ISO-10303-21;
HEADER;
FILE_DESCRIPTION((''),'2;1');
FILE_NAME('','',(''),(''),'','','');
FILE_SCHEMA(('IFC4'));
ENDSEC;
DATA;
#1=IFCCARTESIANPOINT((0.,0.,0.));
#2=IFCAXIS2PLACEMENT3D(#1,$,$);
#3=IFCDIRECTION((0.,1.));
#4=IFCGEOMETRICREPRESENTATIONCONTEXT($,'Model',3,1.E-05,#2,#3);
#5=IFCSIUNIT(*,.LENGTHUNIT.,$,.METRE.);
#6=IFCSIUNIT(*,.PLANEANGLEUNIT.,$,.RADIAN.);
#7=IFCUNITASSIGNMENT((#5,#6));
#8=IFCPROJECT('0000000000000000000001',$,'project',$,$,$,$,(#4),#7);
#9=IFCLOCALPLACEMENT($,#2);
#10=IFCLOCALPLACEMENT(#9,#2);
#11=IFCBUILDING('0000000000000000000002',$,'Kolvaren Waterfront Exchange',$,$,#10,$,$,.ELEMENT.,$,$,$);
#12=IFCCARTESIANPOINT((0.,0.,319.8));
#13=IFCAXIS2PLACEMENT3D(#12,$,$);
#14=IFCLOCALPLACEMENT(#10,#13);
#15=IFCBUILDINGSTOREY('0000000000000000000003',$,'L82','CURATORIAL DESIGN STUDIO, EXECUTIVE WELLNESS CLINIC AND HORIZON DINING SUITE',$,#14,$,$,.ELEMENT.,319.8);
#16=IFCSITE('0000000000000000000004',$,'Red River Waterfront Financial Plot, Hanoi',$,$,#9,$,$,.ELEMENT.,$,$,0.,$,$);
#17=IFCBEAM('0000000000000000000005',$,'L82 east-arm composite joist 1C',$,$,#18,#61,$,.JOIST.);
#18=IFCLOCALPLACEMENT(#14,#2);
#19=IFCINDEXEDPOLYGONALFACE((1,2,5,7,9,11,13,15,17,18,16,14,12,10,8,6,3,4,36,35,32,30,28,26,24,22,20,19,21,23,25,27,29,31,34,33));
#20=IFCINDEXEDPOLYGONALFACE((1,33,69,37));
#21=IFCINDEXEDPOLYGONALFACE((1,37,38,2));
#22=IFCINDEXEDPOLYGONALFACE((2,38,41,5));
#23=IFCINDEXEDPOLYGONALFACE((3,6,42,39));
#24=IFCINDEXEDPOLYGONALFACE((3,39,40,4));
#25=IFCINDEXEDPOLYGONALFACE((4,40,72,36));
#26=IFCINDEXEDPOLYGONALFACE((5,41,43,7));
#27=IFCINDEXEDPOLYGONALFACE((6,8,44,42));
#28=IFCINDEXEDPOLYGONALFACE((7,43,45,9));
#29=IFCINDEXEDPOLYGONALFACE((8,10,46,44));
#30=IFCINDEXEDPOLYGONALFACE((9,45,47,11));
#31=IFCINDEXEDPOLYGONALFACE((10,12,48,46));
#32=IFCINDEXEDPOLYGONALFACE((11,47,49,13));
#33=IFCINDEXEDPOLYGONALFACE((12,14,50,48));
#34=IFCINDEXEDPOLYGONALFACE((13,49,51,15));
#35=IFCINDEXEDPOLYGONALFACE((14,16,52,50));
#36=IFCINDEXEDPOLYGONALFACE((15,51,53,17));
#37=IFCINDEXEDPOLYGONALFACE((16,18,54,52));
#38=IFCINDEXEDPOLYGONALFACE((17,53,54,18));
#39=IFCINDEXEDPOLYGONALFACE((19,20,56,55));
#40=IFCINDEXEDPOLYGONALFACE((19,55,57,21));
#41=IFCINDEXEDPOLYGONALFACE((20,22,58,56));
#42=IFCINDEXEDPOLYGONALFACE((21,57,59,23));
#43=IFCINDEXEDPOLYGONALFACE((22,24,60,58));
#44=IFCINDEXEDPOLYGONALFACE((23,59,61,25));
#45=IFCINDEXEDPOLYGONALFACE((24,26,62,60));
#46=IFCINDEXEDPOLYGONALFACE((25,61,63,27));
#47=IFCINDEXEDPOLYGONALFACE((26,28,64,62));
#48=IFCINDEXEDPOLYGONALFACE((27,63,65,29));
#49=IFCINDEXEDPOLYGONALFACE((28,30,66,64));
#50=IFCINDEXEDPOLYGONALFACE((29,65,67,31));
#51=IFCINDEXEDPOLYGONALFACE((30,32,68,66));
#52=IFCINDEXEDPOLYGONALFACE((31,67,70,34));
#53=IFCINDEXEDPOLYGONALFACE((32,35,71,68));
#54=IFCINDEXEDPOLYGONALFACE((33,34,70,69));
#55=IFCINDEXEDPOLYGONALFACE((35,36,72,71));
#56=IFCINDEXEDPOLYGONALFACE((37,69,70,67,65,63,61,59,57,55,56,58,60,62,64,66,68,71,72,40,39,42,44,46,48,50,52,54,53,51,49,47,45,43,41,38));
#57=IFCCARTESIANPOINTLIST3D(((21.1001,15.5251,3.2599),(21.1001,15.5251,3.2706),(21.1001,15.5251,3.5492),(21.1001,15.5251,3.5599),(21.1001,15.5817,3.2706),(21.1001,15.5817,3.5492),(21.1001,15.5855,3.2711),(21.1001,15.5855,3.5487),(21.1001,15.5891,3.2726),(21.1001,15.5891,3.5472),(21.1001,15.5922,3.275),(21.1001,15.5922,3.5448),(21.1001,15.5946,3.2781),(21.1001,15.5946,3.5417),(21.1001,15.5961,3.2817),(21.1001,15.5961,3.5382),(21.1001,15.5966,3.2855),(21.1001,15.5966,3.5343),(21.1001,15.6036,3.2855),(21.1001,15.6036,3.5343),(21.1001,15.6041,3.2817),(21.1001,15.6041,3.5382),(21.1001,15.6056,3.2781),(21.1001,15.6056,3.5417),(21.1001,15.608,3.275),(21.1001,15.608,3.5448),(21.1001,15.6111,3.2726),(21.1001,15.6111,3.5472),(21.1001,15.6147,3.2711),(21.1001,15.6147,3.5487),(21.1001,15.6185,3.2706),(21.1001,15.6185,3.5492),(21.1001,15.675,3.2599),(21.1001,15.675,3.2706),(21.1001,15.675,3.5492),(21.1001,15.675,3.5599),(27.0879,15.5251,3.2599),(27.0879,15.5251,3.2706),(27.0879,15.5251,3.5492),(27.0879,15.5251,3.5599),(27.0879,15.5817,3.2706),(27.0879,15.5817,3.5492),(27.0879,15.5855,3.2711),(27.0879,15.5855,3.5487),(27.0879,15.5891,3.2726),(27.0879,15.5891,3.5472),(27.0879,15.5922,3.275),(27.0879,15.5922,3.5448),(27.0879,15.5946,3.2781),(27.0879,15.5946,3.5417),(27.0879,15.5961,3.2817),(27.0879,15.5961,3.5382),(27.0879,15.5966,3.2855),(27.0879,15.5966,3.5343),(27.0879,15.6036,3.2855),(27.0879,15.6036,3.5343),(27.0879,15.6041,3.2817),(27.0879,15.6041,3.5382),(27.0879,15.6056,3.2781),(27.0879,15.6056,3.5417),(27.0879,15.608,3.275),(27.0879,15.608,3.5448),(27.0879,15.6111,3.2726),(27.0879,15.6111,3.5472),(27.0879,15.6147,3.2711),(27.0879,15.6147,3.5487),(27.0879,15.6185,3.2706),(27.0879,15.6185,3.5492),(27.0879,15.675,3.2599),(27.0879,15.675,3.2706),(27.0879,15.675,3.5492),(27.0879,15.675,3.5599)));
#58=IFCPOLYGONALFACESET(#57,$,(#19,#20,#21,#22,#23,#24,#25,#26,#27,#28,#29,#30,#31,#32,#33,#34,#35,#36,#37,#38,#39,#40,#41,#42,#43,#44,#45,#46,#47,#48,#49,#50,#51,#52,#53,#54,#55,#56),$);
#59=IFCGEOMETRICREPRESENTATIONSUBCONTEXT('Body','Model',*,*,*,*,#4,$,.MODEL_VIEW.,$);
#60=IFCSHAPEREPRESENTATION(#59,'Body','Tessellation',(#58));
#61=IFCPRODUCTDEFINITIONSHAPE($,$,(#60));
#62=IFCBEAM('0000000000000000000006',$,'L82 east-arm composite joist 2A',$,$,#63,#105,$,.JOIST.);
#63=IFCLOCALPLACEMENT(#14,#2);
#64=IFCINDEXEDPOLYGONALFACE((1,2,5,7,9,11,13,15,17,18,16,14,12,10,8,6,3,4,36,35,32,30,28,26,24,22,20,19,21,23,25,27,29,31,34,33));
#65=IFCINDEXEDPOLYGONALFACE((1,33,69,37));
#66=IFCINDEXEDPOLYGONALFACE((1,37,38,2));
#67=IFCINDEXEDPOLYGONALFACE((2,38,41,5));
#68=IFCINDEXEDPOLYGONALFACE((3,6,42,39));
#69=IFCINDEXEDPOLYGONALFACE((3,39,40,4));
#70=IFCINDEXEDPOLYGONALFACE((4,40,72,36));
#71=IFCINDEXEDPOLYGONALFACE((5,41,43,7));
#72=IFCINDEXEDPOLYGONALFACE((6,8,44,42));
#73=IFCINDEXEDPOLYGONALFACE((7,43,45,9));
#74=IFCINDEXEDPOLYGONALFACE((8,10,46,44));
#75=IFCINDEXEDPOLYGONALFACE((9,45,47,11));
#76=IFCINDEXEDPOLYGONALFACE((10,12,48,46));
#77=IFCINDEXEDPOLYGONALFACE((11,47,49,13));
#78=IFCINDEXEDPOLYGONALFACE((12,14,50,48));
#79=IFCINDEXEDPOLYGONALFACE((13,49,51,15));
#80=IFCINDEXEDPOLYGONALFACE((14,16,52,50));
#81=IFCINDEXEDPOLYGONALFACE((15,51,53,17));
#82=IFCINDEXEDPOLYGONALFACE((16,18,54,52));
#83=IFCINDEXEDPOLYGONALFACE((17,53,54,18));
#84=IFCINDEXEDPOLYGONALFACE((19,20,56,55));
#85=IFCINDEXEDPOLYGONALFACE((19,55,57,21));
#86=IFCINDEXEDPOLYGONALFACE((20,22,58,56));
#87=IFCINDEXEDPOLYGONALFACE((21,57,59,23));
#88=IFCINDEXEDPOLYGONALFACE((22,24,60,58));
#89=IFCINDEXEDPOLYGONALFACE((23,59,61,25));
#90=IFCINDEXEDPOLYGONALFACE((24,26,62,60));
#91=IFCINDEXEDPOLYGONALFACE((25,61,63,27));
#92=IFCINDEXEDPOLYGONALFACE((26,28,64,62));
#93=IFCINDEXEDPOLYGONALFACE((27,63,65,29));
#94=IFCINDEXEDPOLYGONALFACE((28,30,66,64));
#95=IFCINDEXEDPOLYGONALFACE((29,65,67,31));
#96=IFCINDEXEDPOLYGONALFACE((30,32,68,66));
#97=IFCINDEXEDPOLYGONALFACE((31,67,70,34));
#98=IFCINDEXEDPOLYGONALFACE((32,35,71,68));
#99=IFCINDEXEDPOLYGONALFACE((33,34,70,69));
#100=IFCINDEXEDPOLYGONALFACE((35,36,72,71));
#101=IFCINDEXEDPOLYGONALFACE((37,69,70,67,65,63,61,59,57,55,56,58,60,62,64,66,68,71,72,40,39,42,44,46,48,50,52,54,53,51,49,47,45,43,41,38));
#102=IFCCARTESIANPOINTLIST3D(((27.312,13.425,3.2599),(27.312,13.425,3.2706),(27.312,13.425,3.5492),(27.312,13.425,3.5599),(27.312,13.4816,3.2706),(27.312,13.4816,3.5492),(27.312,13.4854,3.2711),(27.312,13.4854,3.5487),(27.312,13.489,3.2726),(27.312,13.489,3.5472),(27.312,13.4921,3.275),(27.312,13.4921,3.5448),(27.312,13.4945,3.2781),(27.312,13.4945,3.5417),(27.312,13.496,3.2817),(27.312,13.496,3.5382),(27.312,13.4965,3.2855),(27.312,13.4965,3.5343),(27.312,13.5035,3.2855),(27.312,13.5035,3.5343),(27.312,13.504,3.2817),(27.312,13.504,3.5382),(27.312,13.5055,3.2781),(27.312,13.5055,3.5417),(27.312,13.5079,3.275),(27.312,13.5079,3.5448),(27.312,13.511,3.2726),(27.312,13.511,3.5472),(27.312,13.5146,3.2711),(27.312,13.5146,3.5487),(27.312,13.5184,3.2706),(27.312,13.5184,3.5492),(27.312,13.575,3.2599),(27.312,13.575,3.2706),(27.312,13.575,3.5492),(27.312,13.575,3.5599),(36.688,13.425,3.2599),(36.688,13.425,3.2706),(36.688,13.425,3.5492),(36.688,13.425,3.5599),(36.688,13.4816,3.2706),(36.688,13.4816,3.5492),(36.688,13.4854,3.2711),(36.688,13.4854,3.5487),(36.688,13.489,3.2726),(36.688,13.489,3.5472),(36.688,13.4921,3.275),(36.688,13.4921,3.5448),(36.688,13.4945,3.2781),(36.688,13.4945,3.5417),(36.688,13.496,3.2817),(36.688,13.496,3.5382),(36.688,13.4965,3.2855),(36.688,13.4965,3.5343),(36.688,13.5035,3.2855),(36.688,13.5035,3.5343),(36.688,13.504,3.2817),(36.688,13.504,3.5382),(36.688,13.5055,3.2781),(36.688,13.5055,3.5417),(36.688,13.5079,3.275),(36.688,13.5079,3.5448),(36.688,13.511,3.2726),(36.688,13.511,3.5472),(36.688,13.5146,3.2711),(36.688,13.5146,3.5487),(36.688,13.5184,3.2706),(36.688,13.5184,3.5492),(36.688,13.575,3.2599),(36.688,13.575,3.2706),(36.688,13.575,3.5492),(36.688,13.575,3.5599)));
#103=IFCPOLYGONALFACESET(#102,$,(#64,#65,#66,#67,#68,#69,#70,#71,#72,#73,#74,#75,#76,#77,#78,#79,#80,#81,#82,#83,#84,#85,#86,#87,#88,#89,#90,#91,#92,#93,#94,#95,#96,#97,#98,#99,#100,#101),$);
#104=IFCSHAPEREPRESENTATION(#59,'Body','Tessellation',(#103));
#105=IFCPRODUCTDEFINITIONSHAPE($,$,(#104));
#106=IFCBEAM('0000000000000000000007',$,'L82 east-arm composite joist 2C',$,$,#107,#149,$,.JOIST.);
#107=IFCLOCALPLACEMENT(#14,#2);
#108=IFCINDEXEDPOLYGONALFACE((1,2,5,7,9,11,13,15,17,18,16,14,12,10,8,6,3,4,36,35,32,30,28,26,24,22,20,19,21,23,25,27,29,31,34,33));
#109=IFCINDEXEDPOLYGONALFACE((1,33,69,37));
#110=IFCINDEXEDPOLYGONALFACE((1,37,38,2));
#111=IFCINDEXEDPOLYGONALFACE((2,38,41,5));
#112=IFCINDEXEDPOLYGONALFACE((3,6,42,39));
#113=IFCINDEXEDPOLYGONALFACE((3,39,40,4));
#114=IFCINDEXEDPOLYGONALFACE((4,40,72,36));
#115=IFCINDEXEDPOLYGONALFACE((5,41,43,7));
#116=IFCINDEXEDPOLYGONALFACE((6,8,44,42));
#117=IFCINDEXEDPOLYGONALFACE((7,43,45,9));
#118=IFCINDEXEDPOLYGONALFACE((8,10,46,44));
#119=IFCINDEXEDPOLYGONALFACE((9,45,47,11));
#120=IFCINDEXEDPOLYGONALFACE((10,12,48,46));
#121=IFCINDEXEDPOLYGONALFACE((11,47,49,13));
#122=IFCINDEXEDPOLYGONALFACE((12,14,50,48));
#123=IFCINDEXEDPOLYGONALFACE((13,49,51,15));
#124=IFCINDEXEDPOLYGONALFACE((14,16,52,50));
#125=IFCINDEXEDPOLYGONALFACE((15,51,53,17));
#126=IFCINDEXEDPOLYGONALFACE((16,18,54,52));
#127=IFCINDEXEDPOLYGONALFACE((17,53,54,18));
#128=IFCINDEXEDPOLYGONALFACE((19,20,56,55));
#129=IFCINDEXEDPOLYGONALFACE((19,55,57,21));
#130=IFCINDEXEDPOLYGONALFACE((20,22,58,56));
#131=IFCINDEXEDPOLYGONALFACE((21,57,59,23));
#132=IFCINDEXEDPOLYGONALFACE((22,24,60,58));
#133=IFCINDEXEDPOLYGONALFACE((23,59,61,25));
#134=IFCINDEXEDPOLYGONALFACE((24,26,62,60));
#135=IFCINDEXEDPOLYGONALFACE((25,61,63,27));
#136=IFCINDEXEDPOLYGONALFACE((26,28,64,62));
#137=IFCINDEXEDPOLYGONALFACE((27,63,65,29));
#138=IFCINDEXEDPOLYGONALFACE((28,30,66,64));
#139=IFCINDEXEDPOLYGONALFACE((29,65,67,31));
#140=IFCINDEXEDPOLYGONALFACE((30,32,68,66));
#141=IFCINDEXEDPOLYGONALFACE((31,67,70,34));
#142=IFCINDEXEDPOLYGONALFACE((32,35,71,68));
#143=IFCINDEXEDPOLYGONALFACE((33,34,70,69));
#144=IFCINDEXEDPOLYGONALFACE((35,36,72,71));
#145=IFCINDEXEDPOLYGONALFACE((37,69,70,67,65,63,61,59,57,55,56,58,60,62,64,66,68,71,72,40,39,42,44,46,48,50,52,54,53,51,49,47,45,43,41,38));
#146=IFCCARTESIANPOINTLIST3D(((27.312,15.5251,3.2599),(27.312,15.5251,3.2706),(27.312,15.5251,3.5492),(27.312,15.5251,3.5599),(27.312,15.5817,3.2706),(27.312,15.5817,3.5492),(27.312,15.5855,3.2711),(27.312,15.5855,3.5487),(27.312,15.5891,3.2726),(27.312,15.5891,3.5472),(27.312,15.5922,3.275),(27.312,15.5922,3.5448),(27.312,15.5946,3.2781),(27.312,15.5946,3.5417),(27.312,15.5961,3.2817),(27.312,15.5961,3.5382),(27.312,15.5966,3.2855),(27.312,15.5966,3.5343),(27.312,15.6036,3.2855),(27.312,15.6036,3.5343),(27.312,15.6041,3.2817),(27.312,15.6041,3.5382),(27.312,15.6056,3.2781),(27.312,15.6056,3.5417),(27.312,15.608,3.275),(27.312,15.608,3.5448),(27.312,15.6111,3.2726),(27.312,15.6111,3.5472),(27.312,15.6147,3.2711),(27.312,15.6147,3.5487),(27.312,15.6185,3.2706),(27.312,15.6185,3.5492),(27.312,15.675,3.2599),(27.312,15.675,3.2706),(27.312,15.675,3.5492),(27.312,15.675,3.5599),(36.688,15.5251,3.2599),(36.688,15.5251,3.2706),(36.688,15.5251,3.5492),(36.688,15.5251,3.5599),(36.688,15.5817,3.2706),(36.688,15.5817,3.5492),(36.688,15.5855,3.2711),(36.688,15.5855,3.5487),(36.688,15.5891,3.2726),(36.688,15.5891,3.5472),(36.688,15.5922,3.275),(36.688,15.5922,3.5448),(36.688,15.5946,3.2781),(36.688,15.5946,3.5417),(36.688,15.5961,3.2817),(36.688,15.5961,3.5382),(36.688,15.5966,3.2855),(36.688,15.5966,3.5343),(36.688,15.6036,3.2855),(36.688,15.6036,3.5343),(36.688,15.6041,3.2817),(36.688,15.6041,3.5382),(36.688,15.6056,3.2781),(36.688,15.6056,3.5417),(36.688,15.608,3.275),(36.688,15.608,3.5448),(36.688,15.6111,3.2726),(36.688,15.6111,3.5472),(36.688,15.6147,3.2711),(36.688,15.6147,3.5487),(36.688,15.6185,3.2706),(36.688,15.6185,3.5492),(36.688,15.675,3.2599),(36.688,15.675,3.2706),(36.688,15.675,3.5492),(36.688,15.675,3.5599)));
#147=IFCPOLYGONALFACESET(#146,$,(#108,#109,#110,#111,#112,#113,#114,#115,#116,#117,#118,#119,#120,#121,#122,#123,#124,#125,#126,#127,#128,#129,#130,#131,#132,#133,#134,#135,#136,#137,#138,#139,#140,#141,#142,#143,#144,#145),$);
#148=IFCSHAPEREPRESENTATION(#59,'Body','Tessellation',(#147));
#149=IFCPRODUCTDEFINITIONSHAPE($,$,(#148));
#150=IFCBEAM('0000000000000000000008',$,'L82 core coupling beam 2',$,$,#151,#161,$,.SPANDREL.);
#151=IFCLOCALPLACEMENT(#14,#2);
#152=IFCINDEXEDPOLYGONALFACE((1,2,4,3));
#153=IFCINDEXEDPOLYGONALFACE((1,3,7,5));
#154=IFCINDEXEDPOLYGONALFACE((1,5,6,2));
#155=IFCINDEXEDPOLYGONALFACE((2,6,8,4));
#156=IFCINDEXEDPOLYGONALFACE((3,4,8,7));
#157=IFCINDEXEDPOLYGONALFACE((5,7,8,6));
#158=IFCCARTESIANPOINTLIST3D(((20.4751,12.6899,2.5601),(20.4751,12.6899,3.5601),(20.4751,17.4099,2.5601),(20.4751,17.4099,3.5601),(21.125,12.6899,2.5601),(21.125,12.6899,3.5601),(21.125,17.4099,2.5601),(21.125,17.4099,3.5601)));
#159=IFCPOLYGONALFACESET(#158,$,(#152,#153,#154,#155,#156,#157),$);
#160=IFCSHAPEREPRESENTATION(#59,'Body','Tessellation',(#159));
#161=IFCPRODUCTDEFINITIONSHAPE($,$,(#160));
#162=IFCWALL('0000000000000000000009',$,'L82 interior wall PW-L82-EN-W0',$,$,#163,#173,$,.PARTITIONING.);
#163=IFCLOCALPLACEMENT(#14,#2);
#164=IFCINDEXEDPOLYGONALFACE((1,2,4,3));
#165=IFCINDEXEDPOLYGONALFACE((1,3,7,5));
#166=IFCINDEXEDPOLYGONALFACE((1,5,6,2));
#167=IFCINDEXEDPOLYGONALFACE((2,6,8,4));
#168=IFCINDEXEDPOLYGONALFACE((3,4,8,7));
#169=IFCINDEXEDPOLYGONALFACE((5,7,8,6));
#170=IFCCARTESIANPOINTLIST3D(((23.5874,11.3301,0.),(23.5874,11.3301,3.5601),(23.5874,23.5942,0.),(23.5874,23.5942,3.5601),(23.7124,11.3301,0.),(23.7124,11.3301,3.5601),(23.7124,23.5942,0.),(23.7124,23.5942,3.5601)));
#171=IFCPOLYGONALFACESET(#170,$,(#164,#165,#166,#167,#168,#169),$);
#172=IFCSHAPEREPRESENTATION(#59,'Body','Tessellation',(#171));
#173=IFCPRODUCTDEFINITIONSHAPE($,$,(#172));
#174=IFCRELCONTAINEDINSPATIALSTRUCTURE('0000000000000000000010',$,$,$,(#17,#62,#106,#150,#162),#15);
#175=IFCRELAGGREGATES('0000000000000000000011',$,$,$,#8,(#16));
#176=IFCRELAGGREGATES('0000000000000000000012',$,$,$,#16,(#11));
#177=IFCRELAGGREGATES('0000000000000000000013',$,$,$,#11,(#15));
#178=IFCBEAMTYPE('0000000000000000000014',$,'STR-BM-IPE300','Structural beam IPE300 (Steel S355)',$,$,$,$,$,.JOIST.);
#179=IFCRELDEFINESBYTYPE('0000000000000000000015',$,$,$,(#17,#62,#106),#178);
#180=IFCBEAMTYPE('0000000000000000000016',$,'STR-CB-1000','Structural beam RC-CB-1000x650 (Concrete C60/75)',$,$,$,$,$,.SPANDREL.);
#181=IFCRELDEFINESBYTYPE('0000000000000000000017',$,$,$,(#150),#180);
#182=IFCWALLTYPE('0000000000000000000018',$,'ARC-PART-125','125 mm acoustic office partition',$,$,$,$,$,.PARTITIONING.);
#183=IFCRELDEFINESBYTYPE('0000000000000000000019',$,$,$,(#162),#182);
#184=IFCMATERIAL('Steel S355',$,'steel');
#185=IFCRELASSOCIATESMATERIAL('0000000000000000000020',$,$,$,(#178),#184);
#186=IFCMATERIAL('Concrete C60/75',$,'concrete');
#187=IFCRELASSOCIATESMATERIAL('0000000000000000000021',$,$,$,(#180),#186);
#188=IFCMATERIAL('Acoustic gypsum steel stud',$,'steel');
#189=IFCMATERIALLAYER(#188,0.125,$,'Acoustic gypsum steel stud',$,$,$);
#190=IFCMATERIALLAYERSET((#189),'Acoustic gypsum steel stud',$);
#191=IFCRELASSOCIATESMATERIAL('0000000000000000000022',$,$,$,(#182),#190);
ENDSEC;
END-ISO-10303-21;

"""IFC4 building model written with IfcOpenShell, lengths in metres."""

from ifc_helpers import new_model, si_unit, direction, frame, frame_2d, origin, origin_2d, place, context, subcontext, project, spatial, rectangle, i_section, extrude, material, layer, layer_set, material_profile, profile_set, type_object, element, save


model = new_model("IFC4")

# Units and contexts
model_context = context("Model", 3, precision=1e-05, world=origin(), true_north=direction((0.0, 1.0)))
body_context = subcontext(model_context, "Body", "Model", "MODEL_VIEW")
ifc_project = project(units=[si_unit("LENGTHUNIT", "METRE"), si_unit("PLANEANGLEUNIT", "RADIAN")], contexts=[model_context])

# Site, building, storey
site_placement = place(None, origin())
site = spatial("IfcSite", under=ifc_project, at=site_placement, Name="Red River Waterfront Financial Plot, Hanoi", CompositionType="ELEMENT", RefElevation=0.0)
building_placement = place(site_placement, origin())
building = spatial("IfcBuilding", under=site, at=building_placement, Name="Kolvaren Waterfront Exchange", CompositionType="ELEMENT")
storey_placement = place(building_placement, frame((0.0, 0.0, 319.8)))
storey = spatial("IfcBuildingStorey", under=building, at=storey_placement, Name="L82", Description="CURATORIAL DESIGN STUDIO, EXECUTIVE WELLNESS CLINIC AND HORIZON DINING SUITE", CompositionType="ELEMENT", Elevation=319.8)

# Beams
ifc_material_1 = material(Name="Steel S355", Category="steel")
ifc_material_profile_1 = material_profile(ifc_material_1, i_section(OverallWidth=0.1499, OverallDepth=0.3, WebThickness=0.0071, FlangeThickness=0.0107, FilletRadius=0.0149, at=origin_2d()), Name="IPE300")
ifc_profile_set_1 = profile_set([ifc_material_profile_1], Name="Steel S355")
beam_type_1 = type_object("IfcBeamType", Name="STR-BM-IPE300", Description="Structural beam IPE300 (Steel S355)", PredefinedType="JOIST", material=ifc_profile_set_1)
for number, where, z_axis, x_axis, name in (
    (1, (21.1001, 15.6001, 3.4099), (1.0, 0.0, 0.0), (0.0, 1.0, 0.0), "L82 east-arm composite joist 1C"),
):
    element("IfcBeam", number, at=place(storey_placement, frame(where, z_axis=z_axis, x_axis=x_axis)), inside=storey, type_object=beam_type_1, Name=name, PredefinedType="JOIST", context=body_context, shape_type="SweptSolid", body=[
        extrude(i_section(OverallWidth=0.1499, OverallDepth=0.3, WebThickness=0.0071, FlangeThickness=0.0107, FilletRadius=0.0149, at=origin_2d()), origin(), (0.0, 0.0, 1.0), 5.9878),
    ])
for number, where, z_axis, x_axis, name in (
    (2, (27.312, 13.5, 3.4099), (1.0, 0.0, 0.0), (0.0, 1.0, 0.0), "L82 east-arm composite joist 2A"),
    (3, (27.312, 15.6001, 3.4099), (1.0, 0.0, 0.0), (0.0, 1.0, 0.0), "L82 east-arm composite joist 2C"),
):
    element("IfcBeam", number, at=place(storey_placement, frame(where, z_axis=z_axis, x_axis=x_axis)), inside=storey, type_object=beam_type_1, Name=name, PredefinedType="JOIST", context=body_context, shape_type="SweptSolid", body=[
        extrude(i_section(OverallWidth=0.1499, OverallDepth=0.3, WebThickness=0.0071, FlangeThickness=0.0107, FilletRadius=0.0149, at=origin_2d()), origin(), (0.0, 0.0, 1.0), 9.376),
    ])
ifc_material_2 = material(Name="Concrete C60/75", Category="concrete")
ifc_material_profile_2 = material_profile(ifc_material_2, rectangle(XDim=0.6499, YDim=1.0, at=origin_2d()), Name="RC-CB-1000x650")
ifc_profile_set_2 = profile_set([ifc_material_profile_2], Name="Concrete C60/75")
beam_type_2 = type_object("IfcBeamType", Name="STR-CB-1000", Description="Structural beam RC-CB-1000x650 (Concrete C60/75)", PredefinedType="SPANDREL", material=ifc_profile_set_2)
beam_1_placement = place(storey_placement, frame((20.8, 12.6899, 3.0601), z_axis=(0.0, 1.0, 0.0), x_axis=(-1.0, 0.0, 0.0)))
element("IfcBeam", 4, at=beam_1_placement, inside=storey, type_object=beam_type_2, Name="L82 core coupling beam 2", PredefinedType="SPANDREL", context=body_context, shape_type="SweptSolid", body=[
    extrude(rectangle(XDim=0.6499, YDim=1.0, at=origin_2d()), origin(), (0.0, 0.0, 1.0), 4.72),
])

# Wall
ifc_material_3 = material(Name="Acoustic gypsum steel stud", Category="steel")
ifc_layer_1 = layer(ifc_material_3, 0.125, Name="Acoustic gypsum steel stud")
ifc_layer_set_1 = layer_set([ifc_layer_1], Name="Acoustic gypsum steel stud")
wall_type_1 = type_object("IfcWallType", Name="ARC-PART-125", Description="125 mm acoustic office partition", PredefinedType="PARTITIONING", material=ifc_layer_set_1)
wall_1_placement = place(storey_placement, frame((23.6499, 11.3301, 0.0), z_axis=(0.0, 0.0, 1.0), x_axis=(0.0, 1.0, 0.0)))
element("IfcWall", 5, at=wall_1_placement, inside=storey, type_object=wall_type_1, Name="L82 interior wall PW-L82-EN-W0", PredefinedType="PARTITIONING", context=body_context, shape_type="SweptSolid", body=[
    extrude(rectangle(XDim=12.2642, YDim=0.125, at=frame_2d((6.1321, 0.0))), origin(), (0.0, 0.0, 1.0), 3.5601),
])

save(model, "model.ifc")
